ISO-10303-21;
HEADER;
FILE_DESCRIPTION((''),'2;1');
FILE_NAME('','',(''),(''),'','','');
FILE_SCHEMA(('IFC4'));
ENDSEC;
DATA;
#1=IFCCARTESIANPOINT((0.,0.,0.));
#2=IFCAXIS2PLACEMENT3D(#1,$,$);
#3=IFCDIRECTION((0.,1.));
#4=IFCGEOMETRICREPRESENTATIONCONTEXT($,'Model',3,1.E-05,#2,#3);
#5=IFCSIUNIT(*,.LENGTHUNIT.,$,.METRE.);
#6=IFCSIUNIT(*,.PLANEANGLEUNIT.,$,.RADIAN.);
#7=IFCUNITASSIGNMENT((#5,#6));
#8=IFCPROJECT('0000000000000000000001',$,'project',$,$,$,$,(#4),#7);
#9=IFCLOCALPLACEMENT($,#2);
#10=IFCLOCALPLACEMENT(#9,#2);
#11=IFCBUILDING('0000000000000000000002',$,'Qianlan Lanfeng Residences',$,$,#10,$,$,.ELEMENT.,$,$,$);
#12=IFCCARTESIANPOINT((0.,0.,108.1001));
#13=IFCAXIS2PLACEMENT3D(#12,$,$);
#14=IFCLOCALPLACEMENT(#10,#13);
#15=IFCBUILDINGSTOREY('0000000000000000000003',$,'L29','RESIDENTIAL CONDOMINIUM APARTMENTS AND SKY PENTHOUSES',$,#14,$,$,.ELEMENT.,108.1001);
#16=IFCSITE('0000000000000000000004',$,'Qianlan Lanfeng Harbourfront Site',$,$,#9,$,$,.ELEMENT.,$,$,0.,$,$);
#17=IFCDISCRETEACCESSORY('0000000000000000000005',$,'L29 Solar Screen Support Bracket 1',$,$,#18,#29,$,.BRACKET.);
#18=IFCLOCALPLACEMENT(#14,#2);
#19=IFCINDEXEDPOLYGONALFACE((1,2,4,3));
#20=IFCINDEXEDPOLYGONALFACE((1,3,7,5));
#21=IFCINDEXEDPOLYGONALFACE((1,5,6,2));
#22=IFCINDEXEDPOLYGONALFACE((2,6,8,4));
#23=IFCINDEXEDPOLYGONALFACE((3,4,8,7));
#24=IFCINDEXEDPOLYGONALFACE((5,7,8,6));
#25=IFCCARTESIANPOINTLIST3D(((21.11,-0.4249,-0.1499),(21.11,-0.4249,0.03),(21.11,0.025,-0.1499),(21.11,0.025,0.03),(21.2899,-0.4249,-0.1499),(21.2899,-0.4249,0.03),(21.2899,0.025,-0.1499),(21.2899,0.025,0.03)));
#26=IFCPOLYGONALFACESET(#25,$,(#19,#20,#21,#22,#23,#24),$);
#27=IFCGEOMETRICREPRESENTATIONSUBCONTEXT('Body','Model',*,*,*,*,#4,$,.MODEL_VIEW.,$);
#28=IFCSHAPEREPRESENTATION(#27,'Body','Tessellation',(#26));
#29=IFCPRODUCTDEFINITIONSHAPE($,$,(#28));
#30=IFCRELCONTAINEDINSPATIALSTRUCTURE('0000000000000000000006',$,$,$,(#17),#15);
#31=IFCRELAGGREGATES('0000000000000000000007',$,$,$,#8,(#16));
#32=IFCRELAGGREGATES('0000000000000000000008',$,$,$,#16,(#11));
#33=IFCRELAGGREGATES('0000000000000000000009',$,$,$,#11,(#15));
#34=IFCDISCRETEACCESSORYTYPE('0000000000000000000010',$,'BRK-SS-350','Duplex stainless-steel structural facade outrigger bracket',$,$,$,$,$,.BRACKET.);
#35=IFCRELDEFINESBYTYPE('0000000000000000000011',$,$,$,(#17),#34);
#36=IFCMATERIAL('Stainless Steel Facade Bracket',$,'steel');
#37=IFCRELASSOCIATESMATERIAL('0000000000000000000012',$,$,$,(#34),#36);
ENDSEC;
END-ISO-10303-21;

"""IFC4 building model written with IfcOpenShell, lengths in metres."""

from ifc_helpers import new_model, si_unit, direction, frame, origin, origin_2d, place, context, subcontext, project, spatial, rectangle, extrude, source, transform, mapped, material, type_object, element, save


model = new_model("IFC4")

# Units and contexts
model_context = context("Model", 3, precision=1e-05, world=origin(), true_north=direction((0.0, 1.0)))
body_context = subcontext(model_context, "Body", "Model", "MODEL_VIEW")
ifc_project = project(units=[si_unit("LENGTHUNIT", "METRE"), si_unit("PLANEANGLEUNIT", "RADIAN")], contexts=[model_context])

# Site, building, storey
site_placement = place(None, origin())
site = spatial("IfcSite", under=ifc_project, at=site_placement, Name="Qianlan Lanfeng Harbourfront Site", CompositionType="ELEMENT", RefElevation=0.0)
building_placement = place(site_placement, origin())
building = spatial("IfcBuilding", under=site, at=building_placement, Name="Qianlan Lanfeng Residences", CompositionType="ELEMENT")
storey_placement = place(building_placement, frame((0.0, 0.0, 108.1001)))
storey = spatial("IfcBuildingStorey", under=building, at=storey_placement, Name="L29", Description="RESIDENTIAL CONDOMINIUM APARTMENTS AND SKY PENTHOUSES", CompositionType="ELEMENT", Elevation=108.1001)

# Discrete accessory
ifc_material_1 = material(Name="Stainless Steel Facade Bracket", Category="steel")
discrete_accessory_type = type_object("IfcDiscreteAccessoryType", Name="BRK-SS-350", Description="Duplex stainless-steel structural facade outrigger bracket", PredefinedType="BRACKET", material=ifc_material_1)
shared_shape_1 = source(origin(), body_context, "Body", "SweptSolid", [
    extrude(rectangle(XDim=0.1799, YDim=0.45, at=origin_2d()), origin(), (0.0, 0.0, 1.0), 0.1799),
])
discrete_accessory_placement = place(storey_placement, frame((21.2, -0.2, -0.1499), z_axis=(0.0, 0.0, 1.0), x_axis=(1.0, 0.0, 0.0)))
element("IfcDiscreteAccessory", 1, at=discrete_accessory_placement, inside=storey, type_object=discrete_accessory_type, Name="L29 Solar Screen Support Bracket 1", PredefinedType="BRACKET", context=body_context, shape_type="MappedRepresentation", body=[
    mapped(shared_shape_1, transform((0.0, 0.0, 0.0), scale=1.0)),
])

save(model, "model.ifc")
